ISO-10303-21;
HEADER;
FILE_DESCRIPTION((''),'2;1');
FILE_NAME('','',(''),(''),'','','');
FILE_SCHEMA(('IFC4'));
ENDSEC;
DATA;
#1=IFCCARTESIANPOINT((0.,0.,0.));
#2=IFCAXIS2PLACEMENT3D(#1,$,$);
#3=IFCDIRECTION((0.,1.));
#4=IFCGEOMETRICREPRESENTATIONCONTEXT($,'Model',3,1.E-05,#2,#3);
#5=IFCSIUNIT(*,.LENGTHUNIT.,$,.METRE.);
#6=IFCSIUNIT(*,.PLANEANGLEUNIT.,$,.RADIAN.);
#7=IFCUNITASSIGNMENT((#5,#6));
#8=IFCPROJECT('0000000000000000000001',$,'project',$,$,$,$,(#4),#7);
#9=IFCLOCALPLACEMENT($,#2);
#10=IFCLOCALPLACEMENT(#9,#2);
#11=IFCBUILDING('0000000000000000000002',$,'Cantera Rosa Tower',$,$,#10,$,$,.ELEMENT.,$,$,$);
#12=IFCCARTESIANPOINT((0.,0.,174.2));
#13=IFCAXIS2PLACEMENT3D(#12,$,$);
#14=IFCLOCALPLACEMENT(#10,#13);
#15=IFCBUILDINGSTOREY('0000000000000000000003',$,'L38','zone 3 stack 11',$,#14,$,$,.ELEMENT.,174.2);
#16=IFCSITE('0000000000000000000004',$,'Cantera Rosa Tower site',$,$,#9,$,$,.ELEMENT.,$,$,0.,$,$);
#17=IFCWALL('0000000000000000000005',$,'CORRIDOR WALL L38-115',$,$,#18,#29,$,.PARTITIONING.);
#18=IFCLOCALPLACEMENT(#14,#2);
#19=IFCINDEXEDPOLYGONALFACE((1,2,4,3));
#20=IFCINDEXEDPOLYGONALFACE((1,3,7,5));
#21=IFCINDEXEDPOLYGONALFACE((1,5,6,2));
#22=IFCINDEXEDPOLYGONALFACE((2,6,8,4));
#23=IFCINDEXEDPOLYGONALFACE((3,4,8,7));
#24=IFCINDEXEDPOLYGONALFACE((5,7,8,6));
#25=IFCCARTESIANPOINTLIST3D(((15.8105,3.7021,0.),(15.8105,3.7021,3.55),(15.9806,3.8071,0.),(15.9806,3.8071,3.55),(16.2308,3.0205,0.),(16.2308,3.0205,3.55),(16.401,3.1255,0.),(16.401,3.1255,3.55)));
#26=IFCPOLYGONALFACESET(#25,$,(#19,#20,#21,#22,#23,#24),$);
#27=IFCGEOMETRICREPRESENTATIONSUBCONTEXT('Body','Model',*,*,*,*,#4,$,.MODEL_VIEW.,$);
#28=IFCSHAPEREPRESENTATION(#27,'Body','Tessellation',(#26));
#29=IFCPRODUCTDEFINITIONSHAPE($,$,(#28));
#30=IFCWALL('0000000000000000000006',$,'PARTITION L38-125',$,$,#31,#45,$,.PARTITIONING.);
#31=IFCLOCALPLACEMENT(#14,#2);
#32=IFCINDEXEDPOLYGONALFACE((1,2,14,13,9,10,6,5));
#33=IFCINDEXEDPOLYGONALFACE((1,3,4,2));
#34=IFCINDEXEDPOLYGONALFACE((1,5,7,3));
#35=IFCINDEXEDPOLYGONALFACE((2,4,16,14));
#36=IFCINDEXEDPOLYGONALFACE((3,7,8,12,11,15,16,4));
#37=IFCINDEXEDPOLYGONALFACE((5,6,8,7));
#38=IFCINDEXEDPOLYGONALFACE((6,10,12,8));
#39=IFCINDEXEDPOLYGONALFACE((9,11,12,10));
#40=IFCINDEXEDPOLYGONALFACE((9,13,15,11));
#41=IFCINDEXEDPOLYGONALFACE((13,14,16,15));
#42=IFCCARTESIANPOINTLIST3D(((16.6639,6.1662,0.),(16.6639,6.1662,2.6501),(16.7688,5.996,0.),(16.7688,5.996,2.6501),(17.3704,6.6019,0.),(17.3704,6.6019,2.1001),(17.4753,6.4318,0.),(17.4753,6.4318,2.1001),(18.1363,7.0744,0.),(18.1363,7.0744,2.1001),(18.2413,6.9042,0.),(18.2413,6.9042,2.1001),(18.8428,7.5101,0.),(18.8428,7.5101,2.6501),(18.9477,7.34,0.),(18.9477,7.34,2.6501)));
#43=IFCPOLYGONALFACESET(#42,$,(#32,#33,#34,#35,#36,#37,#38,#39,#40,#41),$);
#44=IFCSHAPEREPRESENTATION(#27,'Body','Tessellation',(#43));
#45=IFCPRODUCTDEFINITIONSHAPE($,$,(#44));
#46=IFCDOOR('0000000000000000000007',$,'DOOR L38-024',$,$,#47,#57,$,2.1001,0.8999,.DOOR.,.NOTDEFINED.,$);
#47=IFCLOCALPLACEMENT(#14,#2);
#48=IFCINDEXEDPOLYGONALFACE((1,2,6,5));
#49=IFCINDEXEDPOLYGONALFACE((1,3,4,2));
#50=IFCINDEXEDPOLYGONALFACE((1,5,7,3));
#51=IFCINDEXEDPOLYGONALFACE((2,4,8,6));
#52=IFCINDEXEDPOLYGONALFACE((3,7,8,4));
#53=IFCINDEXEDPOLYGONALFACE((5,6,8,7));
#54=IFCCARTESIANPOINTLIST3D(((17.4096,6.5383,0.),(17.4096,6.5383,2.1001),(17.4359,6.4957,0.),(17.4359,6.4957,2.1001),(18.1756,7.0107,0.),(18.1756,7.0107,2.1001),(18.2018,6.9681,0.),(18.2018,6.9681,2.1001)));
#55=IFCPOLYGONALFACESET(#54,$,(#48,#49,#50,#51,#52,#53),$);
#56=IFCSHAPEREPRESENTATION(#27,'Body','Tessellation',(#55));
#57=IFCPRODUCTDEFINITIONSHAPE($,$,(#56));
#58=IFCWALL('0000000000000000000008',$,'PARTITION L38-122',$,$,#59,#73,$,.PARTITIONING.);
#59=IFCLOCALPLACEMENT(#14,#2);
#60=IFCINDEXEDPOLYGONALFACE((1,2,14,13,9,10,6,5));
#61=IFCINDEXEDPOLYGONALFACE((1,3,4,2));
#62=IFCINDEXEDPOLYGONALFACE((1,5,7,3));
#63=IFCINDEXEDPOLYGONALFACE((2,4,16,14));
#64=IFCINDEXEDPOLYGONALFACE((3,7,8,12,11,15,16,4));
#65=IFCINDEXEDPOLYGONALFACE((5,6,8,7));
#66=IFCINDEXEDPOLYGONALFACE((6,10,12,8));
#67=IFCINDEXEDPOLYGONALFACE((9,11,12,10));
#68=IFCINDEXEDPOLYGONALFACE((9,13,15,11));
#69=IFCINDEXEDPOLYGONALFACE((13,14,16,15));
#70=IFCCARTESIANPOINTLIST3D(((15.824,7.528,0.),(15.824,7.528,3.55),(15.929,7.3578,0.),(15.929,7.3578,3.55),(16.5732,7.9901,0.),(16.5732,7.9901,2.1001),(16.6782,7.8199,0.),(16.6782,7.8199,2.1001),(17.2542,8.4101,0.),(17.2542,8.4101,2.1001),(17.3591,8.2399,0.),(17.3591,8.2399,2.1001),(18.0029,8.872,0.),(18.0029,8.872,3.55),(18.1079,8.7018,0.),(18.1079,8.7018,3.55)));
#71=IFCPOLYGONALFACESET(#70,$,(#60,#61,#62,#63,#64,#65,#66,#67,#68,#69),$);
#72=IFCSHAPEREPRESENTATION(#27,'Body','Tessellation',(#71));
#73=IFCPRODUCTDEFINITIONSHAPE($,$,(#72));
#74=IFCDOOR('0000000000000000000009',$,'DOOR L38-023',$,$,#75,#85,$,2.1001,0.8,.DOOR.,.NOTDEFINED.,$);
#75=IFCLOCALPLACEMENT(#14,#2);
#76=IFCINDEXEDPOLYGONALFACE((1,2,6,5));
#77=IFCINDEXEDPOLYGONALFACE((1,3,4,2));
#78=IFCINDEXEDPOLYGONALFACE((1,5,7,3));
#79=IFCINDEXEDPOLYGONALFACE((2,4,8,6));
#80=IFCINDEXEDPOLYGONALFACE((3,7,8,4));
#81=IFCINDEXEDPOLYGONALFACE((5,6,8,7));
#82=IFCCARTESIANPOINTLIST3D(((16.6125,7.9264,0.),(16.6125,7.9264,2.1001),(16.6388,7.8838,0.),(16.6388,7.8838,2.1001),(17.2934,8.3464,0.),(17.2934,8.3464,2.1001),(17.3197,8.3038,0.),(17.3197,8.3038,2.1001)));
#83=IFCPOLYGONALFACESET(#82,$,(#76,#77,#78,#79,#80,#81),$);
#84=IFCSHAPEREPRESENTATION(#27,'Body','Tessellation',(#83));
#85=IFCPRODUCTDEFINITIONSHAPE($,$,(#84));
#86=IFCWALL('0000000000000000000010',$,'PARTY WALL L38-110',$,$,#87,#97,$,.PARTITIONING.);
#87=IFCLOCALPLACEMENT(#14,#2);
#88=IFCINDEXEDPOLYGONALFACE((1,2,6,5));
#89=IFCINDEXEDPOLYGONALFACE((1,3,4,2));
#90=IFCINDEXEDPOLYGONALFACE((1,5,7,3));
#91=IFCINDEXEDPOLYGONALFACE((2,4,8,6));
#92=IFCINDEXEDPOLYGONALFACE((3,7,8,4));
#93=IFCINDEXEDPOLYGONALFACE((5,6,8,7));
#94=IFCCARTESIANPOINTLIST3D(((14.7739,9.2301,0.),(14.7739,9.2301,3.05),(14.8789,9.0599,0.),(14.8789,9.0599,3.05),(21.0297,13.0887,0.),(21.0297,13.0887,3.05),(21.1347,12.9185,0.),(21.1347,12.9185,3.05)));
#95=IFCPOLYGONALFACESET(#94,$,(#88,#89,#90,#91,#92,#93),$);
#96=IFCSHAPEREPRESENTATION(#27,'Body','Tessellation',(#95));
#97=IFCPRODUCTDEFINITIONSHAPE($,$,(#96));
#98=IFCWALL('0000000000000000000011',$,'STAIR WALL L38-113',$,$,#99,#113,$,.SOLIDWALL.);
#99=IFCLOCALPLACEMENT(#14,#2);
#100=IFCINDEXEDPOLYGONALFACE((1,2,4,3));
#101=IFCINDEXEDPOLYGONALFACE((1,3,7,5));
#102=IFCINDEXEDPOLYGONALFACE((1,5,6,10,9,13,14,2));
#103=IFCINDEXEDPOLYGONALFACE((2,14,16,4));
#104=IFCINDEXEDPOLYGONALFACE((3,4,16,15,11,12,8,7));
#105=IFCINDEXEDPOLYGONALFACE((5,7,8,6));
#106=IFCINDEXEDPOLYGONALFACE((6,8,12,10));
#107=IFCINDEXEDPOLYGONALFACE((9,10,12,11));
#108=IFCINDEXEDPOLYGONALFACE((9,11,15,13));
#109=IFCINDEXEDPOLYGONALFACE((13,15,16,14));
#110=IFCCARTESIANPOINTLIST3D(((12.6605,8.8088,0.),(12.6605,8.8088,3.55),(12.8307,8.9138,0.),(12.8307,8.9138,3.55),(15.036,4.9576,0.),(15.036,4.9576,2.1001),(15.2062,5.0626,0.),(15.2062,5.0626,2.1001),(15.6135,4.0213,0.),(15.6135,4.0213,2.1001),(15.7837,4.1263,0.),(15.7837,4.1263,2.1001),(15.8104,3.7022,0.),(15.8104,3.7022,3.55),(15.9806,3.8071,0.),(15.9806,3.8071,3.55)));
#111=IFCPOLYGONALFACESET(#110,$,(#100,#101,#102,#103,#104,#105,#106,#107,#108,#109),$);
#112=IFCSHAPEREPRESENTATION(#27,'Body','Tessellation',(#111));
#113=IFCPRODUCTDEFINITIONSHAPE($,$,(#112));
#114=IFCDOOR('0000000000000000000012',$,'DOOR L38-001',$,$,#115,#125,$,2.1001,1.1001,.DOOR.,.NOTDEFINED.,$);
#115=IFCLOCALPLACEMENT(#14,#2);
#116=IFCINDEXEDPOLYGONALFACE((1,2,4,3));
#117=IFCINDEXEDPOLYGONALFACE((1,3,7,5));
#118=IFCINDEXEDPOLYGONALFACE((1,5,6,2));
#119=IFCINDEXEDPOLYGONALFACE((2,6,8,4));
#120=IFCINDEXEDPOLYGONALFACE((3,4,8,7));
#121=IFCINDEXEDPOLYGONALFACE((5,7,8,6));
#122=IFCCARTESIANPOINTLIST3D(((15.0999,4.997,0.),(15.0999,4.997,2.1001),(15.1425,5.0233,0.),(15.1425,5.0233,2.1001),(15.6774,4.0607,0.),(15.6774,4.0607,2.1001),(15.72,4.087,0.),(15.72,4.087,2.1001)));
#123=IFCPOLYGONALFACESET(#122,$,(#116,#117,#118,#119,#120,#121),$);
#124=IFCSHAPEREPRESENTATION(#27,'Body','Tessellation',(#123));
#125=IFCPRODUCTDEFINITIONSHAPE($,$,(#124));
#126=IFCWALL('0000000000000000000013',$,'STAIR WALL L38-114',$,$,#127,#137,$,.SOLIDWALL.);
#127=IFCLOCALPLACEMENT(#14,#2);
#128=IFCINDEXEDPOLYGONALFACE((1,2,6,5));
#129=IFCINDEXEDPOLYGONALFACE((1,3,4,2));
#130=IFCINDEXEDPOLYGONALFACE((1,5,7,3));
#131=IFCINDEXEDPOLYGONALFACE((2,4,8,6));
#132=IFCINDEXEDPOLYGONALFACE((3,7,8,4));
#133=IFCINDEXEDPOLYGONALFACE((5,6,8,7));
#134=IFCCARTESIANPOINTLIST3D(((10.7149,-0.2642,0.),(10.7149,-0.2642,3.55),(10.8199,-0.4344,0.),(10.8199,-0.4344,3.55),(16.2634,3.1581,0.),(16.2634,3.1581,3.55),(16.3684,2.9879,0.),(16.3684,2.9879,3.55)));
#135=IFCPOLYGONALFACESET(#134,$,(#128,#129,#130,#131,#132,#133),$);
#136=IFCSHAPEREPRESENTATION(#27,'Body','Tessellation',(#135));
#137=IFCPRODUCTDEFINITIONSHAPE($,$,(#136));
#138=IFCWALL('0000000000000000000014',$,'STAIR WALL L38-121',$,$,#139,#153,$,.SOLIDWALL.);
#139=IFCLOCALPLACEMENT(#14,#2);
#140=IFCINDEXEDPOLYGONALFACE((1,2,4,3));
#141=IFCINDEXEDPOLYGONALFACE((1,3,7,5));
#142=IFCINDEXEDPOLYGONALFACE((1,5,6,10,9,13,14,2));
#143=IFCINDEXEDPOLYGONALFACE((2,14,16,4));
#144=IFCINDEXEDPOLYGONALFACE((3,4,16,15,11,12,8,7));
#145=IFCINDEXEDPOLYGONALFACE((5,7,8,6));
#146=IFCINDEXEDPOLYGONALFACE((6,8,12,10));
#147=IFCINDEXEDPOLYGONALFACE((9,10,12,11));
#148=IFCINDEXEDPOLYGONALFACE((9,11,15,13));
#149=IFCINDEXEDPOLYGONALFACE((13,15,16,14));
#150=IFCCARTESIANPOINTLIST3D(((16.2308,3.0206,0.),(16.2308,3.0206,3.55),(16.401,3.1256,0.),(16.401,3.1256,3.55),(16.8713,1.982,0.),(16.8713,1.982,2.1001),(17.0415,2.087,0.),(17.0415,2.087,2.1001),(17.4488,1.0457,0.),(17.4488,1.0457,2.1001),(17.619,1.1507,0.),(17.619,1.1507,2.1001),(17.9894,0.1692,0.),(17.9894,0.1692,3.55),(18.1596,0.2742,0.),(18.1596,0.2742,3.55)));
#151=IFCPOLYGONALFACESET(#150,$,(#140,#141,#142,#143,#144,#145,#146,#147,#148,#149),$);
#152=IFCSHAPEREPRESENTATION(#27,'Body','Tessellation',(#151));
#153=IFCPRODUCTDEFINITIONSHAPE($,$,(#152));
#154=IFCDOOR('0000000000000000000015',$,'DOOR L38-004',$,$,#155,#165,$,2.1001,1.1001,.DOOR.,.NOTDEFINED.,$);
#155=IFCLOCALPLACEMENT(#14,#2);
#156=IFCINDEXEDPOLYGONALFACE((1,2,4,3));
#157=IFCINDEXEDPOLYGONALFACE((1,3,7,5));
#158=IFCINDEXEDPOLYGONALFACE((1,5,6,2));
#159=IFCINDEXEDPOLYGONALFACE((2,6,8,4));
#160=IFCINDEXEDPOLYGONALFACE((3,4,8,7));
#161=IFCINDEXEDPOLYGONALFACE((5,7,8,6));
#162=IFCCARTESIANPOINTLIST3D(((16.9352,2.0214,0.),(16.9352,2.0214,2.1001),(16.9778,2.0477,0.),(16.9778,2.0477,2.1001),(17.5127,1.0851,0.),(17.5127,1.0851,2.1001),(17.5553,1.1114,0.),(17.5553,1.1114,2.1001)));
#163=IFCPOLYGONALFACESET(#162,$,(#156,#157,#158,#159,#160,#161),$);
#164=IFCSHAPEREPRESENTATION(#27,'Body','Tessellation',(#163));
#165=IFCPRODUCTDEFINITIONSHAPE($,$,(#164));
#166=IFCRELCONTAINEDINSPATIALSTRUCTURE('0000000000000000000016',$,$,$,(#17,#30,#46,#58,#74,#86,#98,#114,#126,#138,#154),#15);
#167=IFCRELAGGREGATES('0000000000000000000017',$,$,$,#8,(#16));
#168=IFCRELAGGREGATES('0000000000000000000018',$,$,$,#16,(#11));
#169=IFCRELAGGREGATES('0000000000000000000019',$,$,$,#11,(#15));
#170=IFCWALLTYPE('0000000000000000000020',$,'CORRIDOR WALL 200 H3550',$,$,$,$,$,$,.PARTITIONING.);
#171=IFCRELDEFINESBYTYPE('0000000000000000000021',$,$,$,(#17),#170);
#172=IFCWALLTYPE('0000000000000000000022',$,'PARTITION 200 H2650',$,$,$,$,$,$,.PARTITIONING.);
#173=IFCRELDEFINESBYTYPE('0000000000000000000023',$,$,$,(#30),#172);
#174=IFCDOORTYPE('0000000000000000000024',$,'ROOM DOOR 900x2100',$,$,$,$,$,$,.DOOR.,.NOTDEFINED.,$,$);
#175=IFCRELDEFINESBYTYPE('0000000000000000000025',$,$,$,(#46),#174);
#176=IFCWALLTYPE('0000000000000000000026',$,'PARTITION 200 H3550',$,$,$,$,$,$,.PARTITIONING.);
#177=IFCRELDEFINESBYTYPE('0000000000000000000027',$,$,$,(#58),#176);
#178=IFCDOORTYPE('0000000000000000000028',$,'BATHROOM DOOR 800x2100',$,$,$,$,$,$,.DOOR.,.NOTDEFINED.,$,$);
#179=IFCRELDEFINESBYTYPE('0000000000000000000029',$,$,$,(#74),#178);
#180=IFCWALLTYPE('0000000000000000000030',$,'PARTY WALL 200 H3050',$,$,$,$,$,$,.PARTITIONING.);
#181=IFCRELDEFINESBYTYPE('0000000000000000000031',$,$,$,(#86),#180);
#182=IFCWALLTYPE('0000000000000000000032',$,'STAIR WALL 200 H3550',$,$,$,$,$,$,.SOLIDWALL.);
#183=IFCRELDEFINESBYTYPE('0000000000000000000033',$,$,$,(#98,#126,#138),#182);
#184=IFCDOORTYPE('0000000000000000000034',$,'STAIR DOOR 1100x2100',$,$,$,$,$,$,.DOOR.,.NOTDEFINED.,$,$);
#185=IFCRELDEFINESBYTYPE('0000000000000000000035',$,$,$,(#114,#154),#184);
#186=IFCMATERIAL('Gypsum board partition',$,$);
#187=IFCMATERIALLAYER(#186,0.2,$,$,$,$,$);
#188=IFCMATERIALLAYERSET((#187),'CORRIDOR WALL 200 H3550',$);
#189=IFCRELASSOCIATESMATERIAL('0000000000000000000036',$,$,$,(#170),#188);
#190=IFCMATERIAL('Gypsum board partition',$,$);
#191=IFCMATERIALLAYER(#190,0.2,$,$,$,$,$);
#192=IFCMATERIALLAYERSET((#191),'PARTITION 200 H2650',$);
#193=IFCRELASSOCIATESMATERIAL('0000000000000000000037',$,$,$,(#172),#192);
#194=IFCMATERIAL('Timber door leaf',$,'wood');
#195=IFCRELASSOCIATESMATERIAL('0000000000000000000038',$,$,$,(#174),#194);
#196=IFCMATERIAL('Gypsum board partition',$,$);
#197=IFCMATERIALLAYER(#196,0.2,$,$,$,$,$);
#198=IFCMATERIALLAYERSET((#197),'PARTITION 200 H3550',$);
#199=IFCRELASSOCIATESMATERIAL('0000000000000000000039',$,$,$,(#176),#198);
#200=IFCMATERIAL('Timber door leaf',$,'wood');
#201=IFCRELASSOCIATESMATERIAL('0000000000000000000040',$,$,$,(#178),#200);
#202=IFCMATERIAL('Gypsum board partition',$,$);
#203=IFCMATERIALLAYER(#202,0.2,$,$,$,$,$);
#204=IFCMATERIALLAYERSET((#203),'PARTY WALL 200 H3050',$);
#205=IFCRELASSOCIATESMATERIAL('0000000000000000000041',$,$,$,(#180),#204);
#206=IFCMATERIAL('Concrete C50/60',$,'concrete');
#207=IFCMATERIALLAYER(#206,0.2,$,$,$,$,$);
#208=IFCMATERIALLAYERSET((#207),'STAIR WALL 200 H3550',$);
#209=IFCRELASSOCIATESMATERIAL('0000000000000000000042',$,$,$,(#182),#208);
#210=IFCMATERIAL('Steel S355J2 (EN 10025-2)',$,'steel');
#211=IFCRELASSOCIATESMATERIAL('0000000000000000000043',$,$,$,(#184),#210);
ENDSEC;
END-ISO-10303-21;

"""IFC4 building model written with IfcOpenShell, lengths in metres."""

from ifc_helpers import new_model, si_unit, direction, frame, frame_2d, origin, place, context, subcontext, project, spatial, rectangle, extrude, material, layer, layer_set, type_object, element, fill, save


model = new_model("IFC4")

# Units and contexts
model_context = context("Model", 3, precision=1e-05, world=origin(), true_north=direction((0.0, 1.0)))
body_context = subcontext(model_context, "Body", "Model", "MODEL_VIEW")
ifc_project = project(units=[si_unit("LENGTHUNIT", "METRE"), si_unit("PLANEANGLEUNIT", "RADIAN")], contexts=[model_context])

# Site, building, storey
site_placement = place(None, origin())
site = spatial("IfcSite", under=ifc_project, at=site_placement, Name="Cantera Rosa Tower site", CompositionType="ELEMENT", RefElevation=0.0)
building_placement = place(site_placement, origin())
building = spatial("IfcBuilding", under=site, at=building_placement, Name="Cantera Rosa Tower", CompositionType="ELEMENT")
storey_placement = place(building_placement, frame((0.0, 0.0, 174.2)))
storey = spatial("IfcBuildingStorey", under=building, at=storey_placement, Name="L38", Description="zone 3 stack 11", CompositionType="ELEMENT", Elevation=174.2)

# Wall
ifc_material_1 = material(Name="Gypsum board partition")
ifc_layer_1 = layer(ifc_material_1, 0.2)
ifc_layer_set_1 = layer_set([ifc_layer_1], Name="CORRIDOR WALL 200 H3550")
wall_type_1 = type_object("IfcWallType", Name="CORRIDOR WALL 200 H3550", PredefinedType="PARTITIONING", material=ifc_layer_set_1)
wall_1_placement = place(storey_placement, frame((16.3159, 3.073, 0.0), z_axis=(0.0, 0.0, 1.0), x_axis=(-0.524948, 0.851135, 0.0)))
element("IfcWall", 1, at=wall_1_placement, inside=storey, type_object=wall_type_1, Name="CORRIDOR WALL L38-115", PredefinedType="PARTITIONING", context=body_context, shape_type="SweptSolid", body=[
    extrude(rectangle(XDim=0.8008, YDim=0.2, at=frame_2d((0.4004, 0.0))), origin(), (0.0, 0.0, 1.0), 3.55),
])

# Walls, openings, doors
ifc_material_2 = material(Name="Gypsum board partition")
ifc_layer_2 = layer(ifc_material_2, 0.2)
ifc_layer_set_2 = layer_set([ifc_layer_2], Name="PARTITION 200 H2650")
wall_type_2 = type_object("IfcWallType", Name="PARTITION 200 H2650", PredefinedType="PARTITIONING", material=ifc_layer_set_2)
wall_2_placement = place(storey_placement, frame((18.8953, 7.425, 0.0), z_axis=(0.0, 0.0, 1.0), x_axis=(-0.851118, -0.524975, 0.0)))
wall_2 = element("IfcWall", 2, at=wall_2_placement, inside=storey, type_object=wall_type_2, Name="PARTITION L38-125", PredefinedType="PARTITIONING", context=body_context, shape_type="SweptSolid", body=[
    extrude(rectangle(XDim=2.5601, YDim=0.2, at=frame_2d((1.28, 0.0))), origin(), (0.0, 0.0, 1.0), 2.6501),
])
opening_1_placement = place(wall_2_placement, frame((0.8301, 0.0, 0.0)))
opening_1 = element("IfcOpeningElement", 3, at=opening_1_placement, cuts=wall_2, PredefinedType="OPENING", context=body_context, shape_type="SweptSolid", body=[
    extrude(rectangle(XDim=0.8999, YDim=2.1001, at=frame_2d((0.45, 1.05))), frame((0.0, 0.1099, 0.0), z_axis=(0.0, -1.0, 0.0), x_axis=(1.0, 0.0, 0.0)), (0.0, 0.0, 1.0), 0.22),
])
ifc_material_3 = material(Name="Timber door leaf", Category="wood")
door_type_1 = type_object("IfcDoorType", Name="ROOM DOOR 900x2100", OperationType="NOTDEFINED", PredefinedType="DOOR", material=ifc_material_3)
door_1_placement = place(opening_1_placement, origin())
door_1 = element("IfcDoor", 4, at=door_1_placement, inside=storey, type_object=door_type_1, Name="DOOR L38-024", OperationType="NOTDEFINED", OverallHeight=2.1001, OverallWidth=0.8999, PredefinedType="DOOR", context=body_context, shape_type="SweptSolid", body=[
    extrude(rectangle(XDim=0.8999, YDim=2.1001, at=frame_2d((0.45, 1.05))), frame((0.0, 0.0249, 0.0), z_axis=(0.0, -1.0, 0.0), x_axis=(1.0, 0.0, 0.0)), (0.0, 0.0, 1.0), 0.05),
])
fill(opening_1, door_1)
ifc_material_4 = material(Name="Gypsum board partition")
ifc_layer_3 = layer(ifc_material_4, 0.2)
ifc_layer_set_3 = layer_set([ifc_layer_3], Name="PARTITION 200 H3550")
wall_type_3 = type_object("IfcWallType", Name="PARTITION 200 H3550", PredefinedType="PARTITIONING", material=ifc_layer_set_3)
wall_3_placement = place(storey_placement, frame((18.0554, 8.7869, 0.0), z_axis=(0.0, 0.0, 1.0), x_axis=(-0.851118, -0.524975, 0.0)))
wall_3 = element("IfcWall", 5, at=wall_3_placement, inside=storey, type_object=wall_type_3, Name="PARTITION L38-122", PredefinedType="PARTITIONING", context=body_context, shape_type="SweptSolid", body=[
    extrude(rectangle(XDim=2.5601, YDim=0.2, at=frame_2d((1.28, 0.0))), origin(), (0.0, 0.0, 1.0), 3.55),
])
opening_2_placement = place(wall_3_placement, frame((0.8799, 0.0, 0.0)))
opening_2 = element("IfcOpeningElement", 6, at=opening_2_placement, cuts=wall_3, PredefinedType="OPENING", context=body_context, shape_type="SweptSolid", body=[
    extrude(rectangle(XDim=0.8, YDim=2.1001, at=frame_2d((0.3999, 1.05))), frame((0.0, 0.1099, 0.0), z_axis=(0.0, -1.0, 0.0), x_axis=(1.0, 0.0, 0.0)), (0.0, 0.0, 1.0), 0.22),
])
ifc_material_5 = material(Name="Timber door leaf", Category="wood")
door_type_2 = type_object("IfcDoorType", Name="BATHROOM DOOR 800x2100", OperationType="NOTDEFINED", PredefinedType="DOOR", material=ifc_material_5)
door_2_placement = place(opening_2_placement, origin())
door_2 = element("IfcDoor", 7, at=door_2_placement, inside=storey, type_object=door_type_2, Name="DOOR L38-023", OperationType="NOTDEFINED", OverallHeight=2.1001, OverallWidth=0.8, PredefinedType="DOOR", context=body_context, shape_type="SweptSolid", body=[
    extrude(rectangle(XDim=0.8, YDim=2.1001, at=frame_2d((0.3999, 1.05))), frame((0.0, 0.0249, 0.0), z_axis=(0.0, -1.0, 0.0), x_axis=(1.0, 0.0, 0.0)), (0.0, 0.0, 1.0), 0.05),
])
fill(opening_2, door_2)

# Wall
ifc_material_6 = material(Name="Gypsum board partition")
ifc_layer_4 = layer(ifc_material_6, 0.2)
ifc_layer_set_4 = layer_set([ifc_layer_4], Name="PARTY WALL 200 H3050")
wall_type_4 = type_object("IfcWallType", Name="PARTY WALL 200 H3050", PredefinedType="PARTITIONING", material=ifc_layer_set_4)
wall_4_placement = place(storey_placement, frame((14.8264, 9.145, 0.0), z_axis=(0.0, 0.0, 1.0), x_axis=(0.851118, 0.524974, 0.0)))
element("IfcWall", 8, at=wall_4_placement, inside=storey, type_object=wall_type_4, Name="PARTY WALL L38-110", PredefinedType="PARTITIONING", context=body_context, shape_type="SweptSolid", body=[
    extrude(rectangle(XDim=7.3501, YDim=0.2, at=frame_2d((3.675, 0.0))), origin(), (0.0, 0.0, 1.0), 3.05),
])

# Wall, opening, door
ifc_material_7 = material(Name="Concrete C50/60", Category="concrete")
ifc_layer_5 = layer(ifc_material_7, 0.2)
ifc_layer_set_5 = layer_set([ifc_layer_5], Name="STAIR WALL 200 H3550")
wall_type_5 = type_object("IfcWallType", Name="STAIR WALL 200 H3550", PredefinedType="SOLIDWALL", material=ifc_layer_set_5)
wall_5_placement = place(storey_placement, frame((15.8955, 3.7546, 0.0), z_axis=(0.0, 0.0, 1.0), x_axis=(-0.524983, 0.851113, 0.0)))
wall_5 = element("IfcWall", 9, at=wall_5_placement, inside=storey, type_object=wall_type_5, Name="STAIR WALL L38-113", PredefinedType="SOLIDWALL", context=body_context, shape_type="SweptSolid", body=[
    extrude(rectangle(XDim=6.0, YDim=0.2, at=frame_2d((3.0, 0.0))), origin(), (0.0, 0.0, 1.0), 3.55),
])
opening_3_placement = place(wall_5_placement, frame((0.375, 0.0, 0.0)))
opening_3 = element("IfcOpeningElement", 10, at=opening_3_placement, cuts=wall_5, PredefinedType="OPENING", context=body_context, shape_type="SweptSolid", body=[
    extrude(rectangle(XDim=1.1001, YDim=2.1001, at=frame_2d((0.55, 1.05))), frame((0.0, 0.1099, 0.0), z_axis=(0.0, -1.0, 0.0), x_axis=(1.0, 0.0, 0.0)), (0.0, 0.0, 1.0), 0.22),
])
ifc_material_8 = material(Name="Steel S355J2 (EN 10025-2)", Category="steel")
door_type_3 = type_object("IfcDoorType", Name="STAIR DOOR 1100x2100", OperationType="NOTDEFINED", PredefinedType="DOOR", material=ifc_material_8)
door_3_placement = place(opening_3_placement, origin())
door_3 = element("IfcDoor", 11, at=door_3_placement, inside=storey, type_object=door_type_3, Name="DOOR L38-001", OperationType="NOTDEFINED", OverallHeight=2.1001, OverallWidth=1.1001, PredefinedType="DOOR", context=body_context, shape_type="SweptSolid", body=[
    extrude(rectangle(XDim=1.1001, YDim=2.1001, at=frame_2d((0.55, 1.05))), frame((0.0, 0.0249, 0.0), z_axis=(0.0, -1.0, 0.0), x_axis=(1.0, 0.0, 0.0)), (0.0, 0.0, 1.0), 0.05),
])
fill(opening_3, door_3)

# Wall
wall_6_placement = place(storey_placement, frame((16.3159, 3.073, 0.0), z_axis=(0.0, 0.0, 1.0), x_axis=(-0.85112, -0.524971, 0.0)))
element("IfcWall", 12, at=wall_6_placement, inside=storey, type_object=wall_type_5, Name="STAIR WALL L38-114", PredefinedType="SOLIDWALL", context=body_context, shape_type="SweptSolid", body=[
    extrude(rectangle(XDim=6.519, YDim=0.2, at=frame_2d((3.2595, 0.0))), origin(), (0.0, 0.0, 1.0), 3.55),
])

# Wall, opening, door
wall_7_placement = place(storey_placement, frame((18.0745, 0.2217, 0.0), z_axis=(0.0, 0.0, 1.0), x_axis=(-0.524939, 0.85114, 0.0)))
wall_7 = element("IfcWall", 13, at=wall_7_placement, inside=storey, type_object=wall_type_5, Name="STAIR WALL L38-121", PredefinedType="SOLIDWALL", context=body_context, shape_type="SweptSolid", body=[
    extrude(rectangle(XDim=3.3501, YDim=0.2, at=frame_2d((1.675, 0.0))), origin(), (0.0, 0.0, 1.0), 3.55),
])
opening_4_placement = place(wall_7_placement, frame((1.0298, 0.0, 0.0)))
opening_4 = element("IfcOpeningElement", 14, at=opening_4_placement, cuts=wall_7, PredefinedType="OPENING", context=body_context, shape_type="SweptSolid", body=[
    extrude(rectangle(XDim=1.1001, YDim=2.1001, at=frame_2d((0.55, 1.05))), frame((0.0, 0.1099, 0.0), z_axis=(0.0, -1.0, 0.0), x_axis=(1.0, 0.0, 0.0)), (0.0, 0.0, 1.0), 0.22),
])
door_4_placement = place(opening_4_placement, origin())
door_4 = element("IfcDoor", 15, at=door_4_placement, inside=storey, type_object=door_type_3, Name="DOOR L38-004", OperationType="NOTDEFINED", OverallHeight=2.1001, OverallWidth=1.1001, PredefinedType="DOOR", context=body_context, shape_type="SweptSolid", body=[
    extrude(rectangle(XDim=1.1001, YDim=2.1001, at=frame_2d((0.55, 1.05))), frame((0.0, 0.0249, 0.0), z_axis=(0.0, -1.0, 0.0), x_axis=(1.0, 0.0, 0.0)), (0.0, 0.0, 1.0), 0.05),
])
fill(opening_4, door_4)

save(model, "model.ifc")
